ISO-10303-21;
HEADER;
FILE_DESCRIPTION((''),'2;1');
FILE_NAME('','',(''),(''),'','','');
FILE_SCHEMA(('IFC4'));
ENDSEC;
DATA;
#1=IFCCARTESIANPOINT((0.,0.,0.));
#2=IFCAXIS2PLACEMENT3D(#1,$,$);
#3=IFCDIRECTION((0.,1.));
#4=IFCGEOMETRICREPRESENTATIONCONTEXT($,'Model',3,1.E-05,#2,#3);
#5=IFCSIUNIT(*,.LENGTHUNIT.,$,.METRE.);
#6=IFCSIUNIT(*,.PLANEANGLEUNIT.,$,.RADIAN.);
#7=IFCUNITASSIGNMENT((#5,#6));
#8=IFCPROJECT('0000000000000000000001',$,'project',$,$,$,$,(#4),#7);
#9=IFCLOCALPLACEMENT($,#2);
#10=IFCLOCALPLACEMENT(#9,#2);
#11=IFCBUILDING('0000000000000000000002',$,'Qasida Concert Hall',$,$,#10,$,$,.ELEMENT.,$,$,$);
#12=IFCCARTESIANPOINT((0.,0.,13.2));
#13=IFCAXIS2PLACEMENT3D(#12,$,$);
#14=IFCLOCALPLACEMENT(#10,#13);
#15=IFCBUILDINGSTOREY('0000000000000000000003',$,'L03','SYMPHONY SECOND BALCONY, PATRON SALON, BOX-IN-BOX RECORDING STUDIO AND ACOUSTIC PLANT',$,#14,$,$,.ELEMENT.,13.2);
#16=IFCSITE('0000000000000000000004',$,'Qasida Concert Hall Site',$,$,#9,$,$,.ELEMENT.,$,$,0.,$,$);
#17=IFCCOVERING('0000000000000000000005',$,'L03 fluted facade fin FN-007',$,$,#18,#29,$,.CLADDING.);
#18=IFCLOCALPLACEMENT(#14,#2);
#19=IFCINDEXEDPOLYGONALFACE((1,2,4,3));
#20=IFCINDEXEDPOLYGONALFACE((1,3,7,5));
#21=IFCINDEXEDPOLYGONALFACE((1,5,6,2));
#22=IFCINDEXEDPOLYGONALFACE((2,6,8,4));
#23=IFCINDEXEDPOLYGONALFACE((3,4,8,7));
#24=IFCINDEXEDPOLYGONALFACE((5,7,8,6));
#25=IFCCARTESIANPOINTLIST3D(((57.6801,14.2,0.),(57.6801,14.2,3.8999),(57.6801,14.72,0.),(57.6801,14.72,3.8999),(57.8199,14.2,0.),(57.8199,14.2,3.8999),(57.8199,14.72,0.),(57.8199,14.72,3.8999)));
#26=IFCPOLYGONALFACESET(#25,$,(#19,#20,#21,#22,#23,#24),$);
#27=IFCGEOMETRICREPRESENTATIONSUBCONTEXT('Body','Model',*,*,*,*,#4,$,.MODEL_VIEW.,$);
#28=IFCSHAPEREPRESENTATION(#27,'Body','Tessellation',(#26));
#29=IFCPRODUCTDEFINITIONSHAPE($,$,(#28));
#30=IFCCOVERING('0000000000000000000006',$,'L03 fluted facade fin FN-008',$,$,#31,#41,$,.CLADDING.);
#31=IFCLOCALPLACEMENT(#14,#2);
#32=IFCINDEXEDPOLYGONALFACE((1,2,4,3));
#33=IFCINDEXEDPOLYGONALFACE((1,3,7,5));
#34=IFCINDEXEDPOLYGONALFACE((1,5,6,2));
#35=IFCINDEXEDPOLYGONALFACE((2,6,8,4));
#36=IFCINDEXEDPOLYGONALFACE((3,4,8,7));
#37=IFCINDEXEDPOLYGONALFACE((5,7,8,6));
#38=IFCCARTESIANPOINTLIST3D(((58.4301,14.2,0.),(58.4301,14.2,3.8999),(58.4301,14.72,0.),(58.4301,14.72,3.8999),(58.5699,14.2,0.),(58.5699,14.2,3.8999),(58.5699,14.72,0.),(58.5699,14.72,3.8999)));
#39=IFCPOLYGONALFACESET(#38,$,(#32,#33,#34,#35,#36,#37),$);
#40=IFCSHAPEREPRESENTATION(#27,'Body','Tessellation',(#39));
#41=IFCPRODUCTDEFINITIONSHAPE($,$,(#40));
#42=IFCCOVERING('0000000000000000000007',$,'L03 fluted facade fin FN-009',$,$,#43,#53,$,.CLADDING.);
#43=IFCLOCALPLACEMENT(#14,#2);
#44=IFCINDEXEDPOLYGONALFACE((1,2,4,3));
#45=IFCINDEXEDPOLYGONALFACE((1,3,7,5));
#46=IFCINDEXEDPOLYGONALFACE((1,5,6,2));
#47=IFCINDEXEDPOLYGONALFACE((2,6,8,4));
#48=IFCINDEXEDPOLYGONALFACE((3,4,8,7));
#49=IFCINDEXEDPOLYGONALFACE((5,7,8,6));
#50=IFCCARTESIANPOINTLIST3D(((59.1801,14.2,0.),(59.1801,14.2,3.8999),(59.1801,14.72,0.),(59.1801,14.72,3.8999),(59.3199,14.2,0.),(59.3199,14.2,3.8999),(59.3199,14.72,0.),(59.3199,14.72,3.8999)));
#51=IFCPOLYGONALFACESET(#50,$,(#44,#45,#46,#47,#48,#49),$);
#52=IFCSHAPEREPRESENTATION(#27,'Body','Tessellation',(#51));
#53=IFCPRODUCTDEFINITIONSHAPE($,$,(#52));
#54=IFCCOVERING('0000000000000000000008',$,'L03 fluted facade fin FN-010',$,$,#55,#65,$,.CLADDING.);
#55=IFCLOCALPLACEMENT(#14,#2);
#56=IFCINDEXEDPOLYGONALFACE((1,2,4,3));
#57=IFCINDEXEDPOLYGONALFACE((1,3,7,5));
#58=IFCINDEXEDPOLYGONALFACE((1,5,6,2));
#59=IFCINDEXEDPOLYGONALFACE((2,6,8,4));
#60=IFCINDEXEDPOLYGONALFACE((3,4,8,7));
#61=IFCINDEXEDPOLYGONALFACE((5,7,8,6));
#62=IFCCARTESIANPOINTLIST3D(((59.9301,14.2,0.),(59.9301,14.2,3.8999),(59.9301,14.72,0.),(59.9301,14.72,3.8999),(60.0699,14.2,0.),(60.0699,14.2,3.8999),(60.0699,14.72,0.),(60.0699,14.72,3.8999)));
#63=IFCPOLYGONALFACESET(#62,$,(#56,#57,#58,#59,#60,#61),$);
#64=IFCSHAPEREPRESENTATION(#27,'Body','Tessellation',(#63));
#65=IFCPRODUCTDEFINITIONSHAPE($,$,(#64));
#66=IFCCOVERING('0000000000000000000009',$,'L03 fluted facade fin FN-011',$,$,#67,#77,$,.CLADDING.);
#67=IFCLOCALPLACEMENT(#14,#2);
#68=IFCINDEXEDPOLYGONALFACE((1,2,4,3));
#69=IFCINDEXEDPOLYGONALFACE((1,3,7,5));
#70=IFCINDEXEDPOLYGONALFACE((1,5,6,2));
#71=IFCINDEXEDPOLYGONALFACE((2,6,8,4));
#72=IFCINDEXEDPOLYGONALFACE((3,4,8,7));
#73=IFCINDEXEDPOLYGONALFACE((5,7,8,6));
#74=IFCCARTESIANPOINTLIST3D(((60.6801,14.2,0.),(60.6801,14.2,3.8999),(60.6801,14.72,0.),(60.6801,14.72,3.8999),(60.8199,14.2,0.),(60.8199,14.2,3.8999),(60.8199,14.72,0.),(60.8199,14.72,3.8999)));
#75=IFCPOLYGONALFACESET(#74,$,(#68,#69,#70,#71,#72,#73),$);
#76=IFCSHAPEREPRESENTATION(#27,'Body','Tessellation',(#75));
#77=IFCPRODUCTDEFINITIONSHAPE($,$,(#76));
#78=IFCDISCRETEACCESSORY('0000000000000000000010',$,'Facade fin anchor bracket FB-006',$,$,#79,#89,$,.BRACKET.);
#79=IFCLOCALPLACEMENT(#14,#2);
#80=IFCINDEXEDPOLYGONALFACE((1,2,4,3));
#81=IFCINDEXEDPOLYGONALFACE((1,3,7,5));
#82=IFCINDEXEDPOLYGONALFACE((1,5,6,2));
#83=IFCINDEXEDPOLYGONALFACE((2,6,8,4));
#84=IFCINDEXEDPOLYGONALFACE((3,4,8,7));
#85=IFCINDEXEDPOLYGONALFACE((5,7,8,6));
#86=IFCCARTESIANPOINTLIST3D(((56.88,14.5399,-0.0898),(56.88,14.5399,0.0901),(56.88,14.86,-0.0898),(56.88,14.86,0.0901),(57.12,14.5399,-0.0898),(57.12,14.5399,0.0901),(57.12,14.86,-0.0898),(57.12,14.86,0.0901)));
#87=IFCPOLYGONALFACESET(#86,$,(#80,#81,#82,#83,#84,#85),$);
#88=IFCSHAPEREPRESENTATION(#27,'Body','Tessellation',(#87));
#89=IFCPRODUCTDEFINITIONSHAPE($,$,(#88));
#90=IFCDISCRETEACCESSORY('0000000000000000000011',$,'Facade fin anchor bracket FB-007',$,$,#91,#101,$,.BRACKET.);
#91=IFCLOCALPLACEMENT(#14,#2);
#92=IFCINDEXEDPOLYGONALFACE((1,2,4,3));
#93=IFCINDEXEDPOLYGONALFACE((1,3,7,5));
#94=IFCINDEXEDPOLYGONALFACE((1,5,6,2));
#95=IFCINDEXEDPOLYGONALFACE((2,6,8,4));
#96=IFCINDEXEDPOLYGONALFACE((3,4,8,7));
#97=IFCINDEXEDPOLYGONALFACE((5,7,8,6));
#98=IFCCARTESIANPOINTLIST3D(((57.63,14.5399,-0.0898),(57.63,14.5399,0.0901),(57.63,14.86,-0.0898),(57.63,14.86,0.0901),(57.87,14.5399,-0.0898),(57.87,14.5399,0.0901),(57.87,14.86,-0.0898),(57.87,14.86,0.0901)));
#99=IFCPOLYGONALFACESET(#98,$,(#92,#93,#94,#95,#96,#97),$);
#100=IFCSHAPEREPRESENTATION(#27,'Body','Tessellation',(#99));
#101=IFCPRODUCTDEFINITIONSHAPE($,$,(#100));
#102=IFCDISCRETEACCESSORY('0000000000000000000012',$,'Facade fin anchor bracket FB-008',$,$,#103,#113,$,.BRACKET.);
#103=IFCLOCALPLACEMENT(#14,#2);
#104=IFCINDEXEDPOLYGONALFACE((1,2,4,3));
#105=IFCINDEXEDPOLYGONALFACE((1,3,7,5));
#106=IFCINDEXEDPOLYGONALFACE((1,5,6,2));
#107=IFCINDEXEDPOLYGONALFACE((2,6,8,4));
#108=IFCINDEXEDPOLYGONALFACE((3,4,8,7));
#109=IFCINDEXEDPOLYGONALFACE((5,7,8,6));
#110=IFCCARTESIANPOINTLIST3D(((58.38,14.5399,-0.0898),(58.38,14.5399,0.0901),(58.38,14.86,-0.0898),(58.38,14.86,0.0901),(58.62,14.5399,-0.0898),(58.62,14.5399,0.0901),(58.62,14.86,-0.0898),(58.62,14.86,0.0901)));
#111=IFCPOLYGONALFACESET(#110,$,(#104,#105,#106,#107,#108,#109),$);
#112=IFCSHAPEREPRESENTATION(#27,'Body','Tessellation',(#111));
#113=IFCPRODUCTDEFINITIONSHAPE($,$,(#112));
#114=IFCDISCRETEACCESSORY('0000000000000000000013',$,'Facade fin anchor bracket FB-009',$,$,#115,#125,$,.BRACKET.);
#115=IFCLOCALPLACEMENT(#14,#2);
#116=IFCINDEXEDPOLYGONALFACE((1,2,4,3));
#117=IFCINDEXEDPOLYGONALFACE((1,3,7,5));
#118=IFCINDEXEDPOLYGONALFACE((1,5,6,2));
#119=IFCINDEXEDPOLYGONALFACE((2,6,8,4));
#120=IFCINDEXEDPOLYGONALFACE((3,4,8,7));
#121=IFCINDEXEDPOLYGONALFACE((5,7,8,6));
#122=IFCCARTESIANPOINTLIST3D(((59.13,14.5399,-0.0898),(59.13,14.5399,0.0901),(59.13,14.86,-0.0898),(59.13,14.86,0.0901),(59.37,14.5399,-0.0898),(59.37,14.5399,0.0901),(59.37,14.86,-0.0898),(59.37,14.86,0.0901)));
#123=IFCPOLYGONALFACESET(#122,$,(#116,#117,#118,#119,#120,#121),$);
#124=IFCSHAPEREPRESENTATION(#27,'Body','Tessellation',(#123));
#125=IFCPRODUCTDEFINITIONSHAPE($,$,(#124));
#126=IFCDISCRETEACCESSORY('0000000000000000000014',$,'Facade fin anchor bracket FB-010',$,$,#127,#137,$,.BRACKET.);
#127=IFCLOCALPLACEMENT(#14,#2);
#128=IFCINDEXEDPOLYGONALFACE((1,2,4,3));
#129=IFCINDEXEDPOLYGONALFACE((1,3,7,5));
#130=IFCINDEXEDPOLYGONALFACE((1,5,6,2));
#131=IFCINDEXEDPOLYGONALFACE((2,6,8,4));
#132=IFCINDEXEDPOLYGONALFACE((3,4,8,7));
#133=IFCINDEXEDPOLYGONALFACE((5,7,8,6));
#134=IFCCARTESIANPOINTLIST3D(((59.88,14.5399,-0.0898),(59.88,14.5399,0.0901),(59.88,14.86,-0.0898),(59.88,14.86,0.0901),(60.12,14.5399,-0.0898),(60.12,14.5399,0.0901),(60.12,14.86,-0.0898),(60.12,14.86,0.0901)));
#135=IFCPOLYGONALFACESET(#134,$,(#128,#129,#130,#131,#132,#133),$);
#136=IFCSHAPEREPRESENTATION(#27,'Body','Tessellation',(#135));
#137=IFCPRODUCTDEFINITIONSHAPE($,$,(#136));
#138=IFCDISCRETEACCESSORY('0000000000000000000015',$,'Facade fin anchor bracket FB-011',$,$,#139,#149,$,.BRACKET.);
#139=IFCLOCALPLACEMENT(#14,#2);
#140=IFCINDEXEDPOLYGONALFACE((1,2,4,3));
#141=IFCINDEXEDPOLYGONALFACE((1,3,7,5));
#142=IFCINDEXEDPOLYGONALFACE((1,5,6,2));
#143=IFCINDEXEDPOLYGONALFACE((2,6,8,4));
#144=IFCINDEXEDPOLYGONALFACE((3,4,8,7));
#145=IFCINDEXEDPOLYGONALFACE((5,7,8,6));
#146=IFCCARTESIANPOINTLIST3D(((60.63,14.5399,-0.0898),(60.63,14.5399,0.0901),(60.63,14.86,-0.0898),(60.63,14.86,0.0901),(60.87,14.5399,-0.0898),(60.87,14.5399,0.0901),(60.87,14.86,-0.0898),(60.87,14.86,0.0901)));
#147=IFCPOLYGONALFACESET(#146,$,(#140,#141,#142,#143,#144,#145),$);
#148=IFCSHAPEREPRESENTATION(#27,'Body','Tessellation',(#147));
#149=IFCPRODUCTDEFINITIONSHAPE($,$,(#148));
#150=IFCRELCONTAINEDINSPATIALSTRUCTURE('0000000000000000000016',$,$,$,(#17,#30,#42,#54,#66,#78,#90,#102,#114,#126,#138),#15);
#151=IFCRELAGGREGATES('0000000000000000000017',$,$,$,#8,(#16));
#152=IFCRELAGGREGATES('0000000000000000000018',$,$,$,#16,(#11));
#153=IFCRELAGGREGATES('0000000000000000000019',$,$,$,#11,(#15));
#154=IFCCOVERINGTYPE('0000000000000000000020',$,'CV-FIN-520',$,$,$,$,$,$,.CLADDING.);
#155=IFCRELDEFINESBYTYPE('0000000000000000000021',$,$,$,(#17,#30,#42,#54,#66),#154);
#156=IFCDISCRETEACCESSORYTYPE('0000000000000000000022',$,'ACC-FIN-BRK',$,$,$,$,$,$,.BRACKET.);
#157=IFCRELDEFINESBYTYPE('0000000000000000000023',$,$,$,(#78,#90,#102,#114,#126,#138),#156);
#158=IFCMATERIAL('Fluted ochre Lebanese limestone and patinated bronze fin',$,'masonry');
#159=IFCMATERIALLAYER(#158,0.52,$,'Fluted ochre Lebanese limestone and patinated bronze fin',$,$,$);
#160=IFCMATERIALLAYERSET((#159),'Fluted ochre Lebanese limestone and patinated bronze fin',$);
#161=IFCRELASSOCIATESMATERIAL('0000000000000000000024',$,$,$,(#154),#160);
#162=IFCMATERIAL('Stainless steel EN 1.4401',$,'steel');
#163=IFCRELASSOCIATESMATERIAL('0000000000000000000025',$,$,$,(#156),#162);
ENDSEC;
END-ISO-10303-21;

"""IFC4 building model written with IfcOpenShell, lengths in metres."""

from ifc_helpers import new_model, si_unit, direction, frame, origin, origin_2d, place, context, subcontext, project, spatial, rectangle, extrude, material, layer, layer_set, type_object, element, save


model = new_model("IFC4")

# Units and contexts
model_context = context("Model", 3, precision=1e-05, world=origin(), true_north=direction((0.0, 1.0)))
body_context = subcontext(model_context, "Body", "Model", "MODEL_VIEW")
ifc_project = project(units=[si_unit("LENGTHUNIT", "METRE"), si_unit("PLANEANGLEUNIT", "RADIAN")], contexts=[model_context])

# Site, building, storey
site_placement = place(None, origin())
site = spatial("IfcSite", under=ifc_project, at=site_placement, Name="Qasida Concert Hall Site", CompositionType="ELEMENT", RefElevation=0.0)
building_placement = place(site_placement, origin())
building = spatial("IfcBuilding", under=site, at=building_placement, Name="Qasida Concert Hall", CompositionType="ELEMENT")
storey_placement = place(building_placement, frame((0.0, 0.0, 13.2)))
storey = spatial("IfcBuildingStorey", under=building, at=storey_placement, Name="L03", Description="SYMPHONY SECOND BALCONY, PATRON SALON, BOX-IN-BOX RECORDING STUDIO AND ACOUSTIC PLANT", CompositionType="ELEMENT", Elevation=13.2)

# Coverings
ifc_material_1 = material(Name="Fluted ochre Lebanese limestone and patinated bronze fin", Category="masonry")
ifc_layer_1 = layer(ifc_material_1, 0.52, Name="Fluted ochre Lebanese limestone and patinated bronze fin")
ifc_layer_set_1 = layer_set([ifc_layer_1], Name="Fluted ochre Lebanese limestone and patinated bronze fin")
covering_type = type_object("IfcCoveringType", Name="CV-FIN-520", PredefinedType="CLADDING", material=ifc_layer_set_1)
for number, where, z_axis, x_axis, name in (
    (1, (57.75, 14.46, 0.0), (0.0, 0.0, 1.0), (1.0, 0.0, 0.0), "L03 fluted facade fin FN-007"),
    (2, (58.5, 14.46, 0.0), (0.0, 0.0, 1.0), (1.0, 0.0, 0.0), "L03 fluted facade fin FN-008"),
    (3, (59.25, 14.46, 0.0), (0.0, 0.0, 1.0), (1.0, 0.0, 0.0), "L03 fluted facade fin FN-009"),
    (4, (60.0, 14.46, 0.0), (0.0, 0.0, 1.0), (1.0, 0.0, 0.0), "L03 fluted facade fin FN-010"),
    (5, (60.75, 14.46, 0.0), (0.0, 0.0, 1.0), (1.0, 0.0, 0.0), "L03 fluted facade fin FN-011"),
):
    element("IfcCovering", number, at=place(storey_placement, frame(where, z_axis=z_axis, x_axis=x_axis)), inside=storey, type_object=covering_type, Name=name, PredefinedType="CLADDING", context=body_context, shape_type="SweptSolid", body=[
        extrude(rectangle(XDim=0.1399, YDim=0.52, at=origin_2d()), origin(), (0.0, 0.0, 1.0), 3.8999),
    ])

# Discrete accessories
ifc_material_2 = material(Name="Stainless steel EN 1.4401", Category="steel")
discrete_accessory_type = type_object("IfcDiscreteAccessoryType", Name="ACC-FIN-BRK", PredefinedType="BRACKET", material=ifc_material_2)
for number, where, z_axis, x_axis, name in (
    (6, (57.0, 14.7, -0.0898), (0.0, 0.0, 1.0), (1.0, 0.0, 0.0), "Facade fin anchor bracket FB-006"),
    (7, (57.75, 14.7, -0.0898), (0.0, 0.0, 1.0), (1.0, 0.0, 0.0), "Facade fin anchor bracket FB-007"),
    (8, (58.5, 14.7, -0.0898), (0.0, 0.0, 1.0), (1.0, 0.0, 0.0), "Facade fin anchor bracket FB-008"),
    (9, (59.25, 14.7, -0.0898), (0.0, 0.0, 1.0), (1.0, 0.0, 0.0), "Facade fin anchor bracket FB-009"),
    (10, (60.0, 14.7, -0.0898), (0.0, 0.0, 1.0), (1.0, 0.0, 0.0), "Facade fin anchor bracket FB-010"),
    (11, (60.75, 14.7, -0.0898), (0.0, 0.0, 1.0), (1.0, 0.0, 0.0), "Facade fin anchor bracket FB-011"),
):
    element("IfcDiscreteAccessory", number, at=place(storey_placement, frame(where, z_axis=z_axis, x_axis=x_axis)), inside=storey, type_object=discrete_accessory_type, Name=name, PredefinedType="BRACKET", context=body_context, shape_type="SweptSolid", body=[
        extrude(rectangle(XDim=0.24, YDim=0.3201, at=origin_2d()), origin(), (0.0, 0.0, 1.0), 0.1799),
    ])

save(model, "model.ifc")
